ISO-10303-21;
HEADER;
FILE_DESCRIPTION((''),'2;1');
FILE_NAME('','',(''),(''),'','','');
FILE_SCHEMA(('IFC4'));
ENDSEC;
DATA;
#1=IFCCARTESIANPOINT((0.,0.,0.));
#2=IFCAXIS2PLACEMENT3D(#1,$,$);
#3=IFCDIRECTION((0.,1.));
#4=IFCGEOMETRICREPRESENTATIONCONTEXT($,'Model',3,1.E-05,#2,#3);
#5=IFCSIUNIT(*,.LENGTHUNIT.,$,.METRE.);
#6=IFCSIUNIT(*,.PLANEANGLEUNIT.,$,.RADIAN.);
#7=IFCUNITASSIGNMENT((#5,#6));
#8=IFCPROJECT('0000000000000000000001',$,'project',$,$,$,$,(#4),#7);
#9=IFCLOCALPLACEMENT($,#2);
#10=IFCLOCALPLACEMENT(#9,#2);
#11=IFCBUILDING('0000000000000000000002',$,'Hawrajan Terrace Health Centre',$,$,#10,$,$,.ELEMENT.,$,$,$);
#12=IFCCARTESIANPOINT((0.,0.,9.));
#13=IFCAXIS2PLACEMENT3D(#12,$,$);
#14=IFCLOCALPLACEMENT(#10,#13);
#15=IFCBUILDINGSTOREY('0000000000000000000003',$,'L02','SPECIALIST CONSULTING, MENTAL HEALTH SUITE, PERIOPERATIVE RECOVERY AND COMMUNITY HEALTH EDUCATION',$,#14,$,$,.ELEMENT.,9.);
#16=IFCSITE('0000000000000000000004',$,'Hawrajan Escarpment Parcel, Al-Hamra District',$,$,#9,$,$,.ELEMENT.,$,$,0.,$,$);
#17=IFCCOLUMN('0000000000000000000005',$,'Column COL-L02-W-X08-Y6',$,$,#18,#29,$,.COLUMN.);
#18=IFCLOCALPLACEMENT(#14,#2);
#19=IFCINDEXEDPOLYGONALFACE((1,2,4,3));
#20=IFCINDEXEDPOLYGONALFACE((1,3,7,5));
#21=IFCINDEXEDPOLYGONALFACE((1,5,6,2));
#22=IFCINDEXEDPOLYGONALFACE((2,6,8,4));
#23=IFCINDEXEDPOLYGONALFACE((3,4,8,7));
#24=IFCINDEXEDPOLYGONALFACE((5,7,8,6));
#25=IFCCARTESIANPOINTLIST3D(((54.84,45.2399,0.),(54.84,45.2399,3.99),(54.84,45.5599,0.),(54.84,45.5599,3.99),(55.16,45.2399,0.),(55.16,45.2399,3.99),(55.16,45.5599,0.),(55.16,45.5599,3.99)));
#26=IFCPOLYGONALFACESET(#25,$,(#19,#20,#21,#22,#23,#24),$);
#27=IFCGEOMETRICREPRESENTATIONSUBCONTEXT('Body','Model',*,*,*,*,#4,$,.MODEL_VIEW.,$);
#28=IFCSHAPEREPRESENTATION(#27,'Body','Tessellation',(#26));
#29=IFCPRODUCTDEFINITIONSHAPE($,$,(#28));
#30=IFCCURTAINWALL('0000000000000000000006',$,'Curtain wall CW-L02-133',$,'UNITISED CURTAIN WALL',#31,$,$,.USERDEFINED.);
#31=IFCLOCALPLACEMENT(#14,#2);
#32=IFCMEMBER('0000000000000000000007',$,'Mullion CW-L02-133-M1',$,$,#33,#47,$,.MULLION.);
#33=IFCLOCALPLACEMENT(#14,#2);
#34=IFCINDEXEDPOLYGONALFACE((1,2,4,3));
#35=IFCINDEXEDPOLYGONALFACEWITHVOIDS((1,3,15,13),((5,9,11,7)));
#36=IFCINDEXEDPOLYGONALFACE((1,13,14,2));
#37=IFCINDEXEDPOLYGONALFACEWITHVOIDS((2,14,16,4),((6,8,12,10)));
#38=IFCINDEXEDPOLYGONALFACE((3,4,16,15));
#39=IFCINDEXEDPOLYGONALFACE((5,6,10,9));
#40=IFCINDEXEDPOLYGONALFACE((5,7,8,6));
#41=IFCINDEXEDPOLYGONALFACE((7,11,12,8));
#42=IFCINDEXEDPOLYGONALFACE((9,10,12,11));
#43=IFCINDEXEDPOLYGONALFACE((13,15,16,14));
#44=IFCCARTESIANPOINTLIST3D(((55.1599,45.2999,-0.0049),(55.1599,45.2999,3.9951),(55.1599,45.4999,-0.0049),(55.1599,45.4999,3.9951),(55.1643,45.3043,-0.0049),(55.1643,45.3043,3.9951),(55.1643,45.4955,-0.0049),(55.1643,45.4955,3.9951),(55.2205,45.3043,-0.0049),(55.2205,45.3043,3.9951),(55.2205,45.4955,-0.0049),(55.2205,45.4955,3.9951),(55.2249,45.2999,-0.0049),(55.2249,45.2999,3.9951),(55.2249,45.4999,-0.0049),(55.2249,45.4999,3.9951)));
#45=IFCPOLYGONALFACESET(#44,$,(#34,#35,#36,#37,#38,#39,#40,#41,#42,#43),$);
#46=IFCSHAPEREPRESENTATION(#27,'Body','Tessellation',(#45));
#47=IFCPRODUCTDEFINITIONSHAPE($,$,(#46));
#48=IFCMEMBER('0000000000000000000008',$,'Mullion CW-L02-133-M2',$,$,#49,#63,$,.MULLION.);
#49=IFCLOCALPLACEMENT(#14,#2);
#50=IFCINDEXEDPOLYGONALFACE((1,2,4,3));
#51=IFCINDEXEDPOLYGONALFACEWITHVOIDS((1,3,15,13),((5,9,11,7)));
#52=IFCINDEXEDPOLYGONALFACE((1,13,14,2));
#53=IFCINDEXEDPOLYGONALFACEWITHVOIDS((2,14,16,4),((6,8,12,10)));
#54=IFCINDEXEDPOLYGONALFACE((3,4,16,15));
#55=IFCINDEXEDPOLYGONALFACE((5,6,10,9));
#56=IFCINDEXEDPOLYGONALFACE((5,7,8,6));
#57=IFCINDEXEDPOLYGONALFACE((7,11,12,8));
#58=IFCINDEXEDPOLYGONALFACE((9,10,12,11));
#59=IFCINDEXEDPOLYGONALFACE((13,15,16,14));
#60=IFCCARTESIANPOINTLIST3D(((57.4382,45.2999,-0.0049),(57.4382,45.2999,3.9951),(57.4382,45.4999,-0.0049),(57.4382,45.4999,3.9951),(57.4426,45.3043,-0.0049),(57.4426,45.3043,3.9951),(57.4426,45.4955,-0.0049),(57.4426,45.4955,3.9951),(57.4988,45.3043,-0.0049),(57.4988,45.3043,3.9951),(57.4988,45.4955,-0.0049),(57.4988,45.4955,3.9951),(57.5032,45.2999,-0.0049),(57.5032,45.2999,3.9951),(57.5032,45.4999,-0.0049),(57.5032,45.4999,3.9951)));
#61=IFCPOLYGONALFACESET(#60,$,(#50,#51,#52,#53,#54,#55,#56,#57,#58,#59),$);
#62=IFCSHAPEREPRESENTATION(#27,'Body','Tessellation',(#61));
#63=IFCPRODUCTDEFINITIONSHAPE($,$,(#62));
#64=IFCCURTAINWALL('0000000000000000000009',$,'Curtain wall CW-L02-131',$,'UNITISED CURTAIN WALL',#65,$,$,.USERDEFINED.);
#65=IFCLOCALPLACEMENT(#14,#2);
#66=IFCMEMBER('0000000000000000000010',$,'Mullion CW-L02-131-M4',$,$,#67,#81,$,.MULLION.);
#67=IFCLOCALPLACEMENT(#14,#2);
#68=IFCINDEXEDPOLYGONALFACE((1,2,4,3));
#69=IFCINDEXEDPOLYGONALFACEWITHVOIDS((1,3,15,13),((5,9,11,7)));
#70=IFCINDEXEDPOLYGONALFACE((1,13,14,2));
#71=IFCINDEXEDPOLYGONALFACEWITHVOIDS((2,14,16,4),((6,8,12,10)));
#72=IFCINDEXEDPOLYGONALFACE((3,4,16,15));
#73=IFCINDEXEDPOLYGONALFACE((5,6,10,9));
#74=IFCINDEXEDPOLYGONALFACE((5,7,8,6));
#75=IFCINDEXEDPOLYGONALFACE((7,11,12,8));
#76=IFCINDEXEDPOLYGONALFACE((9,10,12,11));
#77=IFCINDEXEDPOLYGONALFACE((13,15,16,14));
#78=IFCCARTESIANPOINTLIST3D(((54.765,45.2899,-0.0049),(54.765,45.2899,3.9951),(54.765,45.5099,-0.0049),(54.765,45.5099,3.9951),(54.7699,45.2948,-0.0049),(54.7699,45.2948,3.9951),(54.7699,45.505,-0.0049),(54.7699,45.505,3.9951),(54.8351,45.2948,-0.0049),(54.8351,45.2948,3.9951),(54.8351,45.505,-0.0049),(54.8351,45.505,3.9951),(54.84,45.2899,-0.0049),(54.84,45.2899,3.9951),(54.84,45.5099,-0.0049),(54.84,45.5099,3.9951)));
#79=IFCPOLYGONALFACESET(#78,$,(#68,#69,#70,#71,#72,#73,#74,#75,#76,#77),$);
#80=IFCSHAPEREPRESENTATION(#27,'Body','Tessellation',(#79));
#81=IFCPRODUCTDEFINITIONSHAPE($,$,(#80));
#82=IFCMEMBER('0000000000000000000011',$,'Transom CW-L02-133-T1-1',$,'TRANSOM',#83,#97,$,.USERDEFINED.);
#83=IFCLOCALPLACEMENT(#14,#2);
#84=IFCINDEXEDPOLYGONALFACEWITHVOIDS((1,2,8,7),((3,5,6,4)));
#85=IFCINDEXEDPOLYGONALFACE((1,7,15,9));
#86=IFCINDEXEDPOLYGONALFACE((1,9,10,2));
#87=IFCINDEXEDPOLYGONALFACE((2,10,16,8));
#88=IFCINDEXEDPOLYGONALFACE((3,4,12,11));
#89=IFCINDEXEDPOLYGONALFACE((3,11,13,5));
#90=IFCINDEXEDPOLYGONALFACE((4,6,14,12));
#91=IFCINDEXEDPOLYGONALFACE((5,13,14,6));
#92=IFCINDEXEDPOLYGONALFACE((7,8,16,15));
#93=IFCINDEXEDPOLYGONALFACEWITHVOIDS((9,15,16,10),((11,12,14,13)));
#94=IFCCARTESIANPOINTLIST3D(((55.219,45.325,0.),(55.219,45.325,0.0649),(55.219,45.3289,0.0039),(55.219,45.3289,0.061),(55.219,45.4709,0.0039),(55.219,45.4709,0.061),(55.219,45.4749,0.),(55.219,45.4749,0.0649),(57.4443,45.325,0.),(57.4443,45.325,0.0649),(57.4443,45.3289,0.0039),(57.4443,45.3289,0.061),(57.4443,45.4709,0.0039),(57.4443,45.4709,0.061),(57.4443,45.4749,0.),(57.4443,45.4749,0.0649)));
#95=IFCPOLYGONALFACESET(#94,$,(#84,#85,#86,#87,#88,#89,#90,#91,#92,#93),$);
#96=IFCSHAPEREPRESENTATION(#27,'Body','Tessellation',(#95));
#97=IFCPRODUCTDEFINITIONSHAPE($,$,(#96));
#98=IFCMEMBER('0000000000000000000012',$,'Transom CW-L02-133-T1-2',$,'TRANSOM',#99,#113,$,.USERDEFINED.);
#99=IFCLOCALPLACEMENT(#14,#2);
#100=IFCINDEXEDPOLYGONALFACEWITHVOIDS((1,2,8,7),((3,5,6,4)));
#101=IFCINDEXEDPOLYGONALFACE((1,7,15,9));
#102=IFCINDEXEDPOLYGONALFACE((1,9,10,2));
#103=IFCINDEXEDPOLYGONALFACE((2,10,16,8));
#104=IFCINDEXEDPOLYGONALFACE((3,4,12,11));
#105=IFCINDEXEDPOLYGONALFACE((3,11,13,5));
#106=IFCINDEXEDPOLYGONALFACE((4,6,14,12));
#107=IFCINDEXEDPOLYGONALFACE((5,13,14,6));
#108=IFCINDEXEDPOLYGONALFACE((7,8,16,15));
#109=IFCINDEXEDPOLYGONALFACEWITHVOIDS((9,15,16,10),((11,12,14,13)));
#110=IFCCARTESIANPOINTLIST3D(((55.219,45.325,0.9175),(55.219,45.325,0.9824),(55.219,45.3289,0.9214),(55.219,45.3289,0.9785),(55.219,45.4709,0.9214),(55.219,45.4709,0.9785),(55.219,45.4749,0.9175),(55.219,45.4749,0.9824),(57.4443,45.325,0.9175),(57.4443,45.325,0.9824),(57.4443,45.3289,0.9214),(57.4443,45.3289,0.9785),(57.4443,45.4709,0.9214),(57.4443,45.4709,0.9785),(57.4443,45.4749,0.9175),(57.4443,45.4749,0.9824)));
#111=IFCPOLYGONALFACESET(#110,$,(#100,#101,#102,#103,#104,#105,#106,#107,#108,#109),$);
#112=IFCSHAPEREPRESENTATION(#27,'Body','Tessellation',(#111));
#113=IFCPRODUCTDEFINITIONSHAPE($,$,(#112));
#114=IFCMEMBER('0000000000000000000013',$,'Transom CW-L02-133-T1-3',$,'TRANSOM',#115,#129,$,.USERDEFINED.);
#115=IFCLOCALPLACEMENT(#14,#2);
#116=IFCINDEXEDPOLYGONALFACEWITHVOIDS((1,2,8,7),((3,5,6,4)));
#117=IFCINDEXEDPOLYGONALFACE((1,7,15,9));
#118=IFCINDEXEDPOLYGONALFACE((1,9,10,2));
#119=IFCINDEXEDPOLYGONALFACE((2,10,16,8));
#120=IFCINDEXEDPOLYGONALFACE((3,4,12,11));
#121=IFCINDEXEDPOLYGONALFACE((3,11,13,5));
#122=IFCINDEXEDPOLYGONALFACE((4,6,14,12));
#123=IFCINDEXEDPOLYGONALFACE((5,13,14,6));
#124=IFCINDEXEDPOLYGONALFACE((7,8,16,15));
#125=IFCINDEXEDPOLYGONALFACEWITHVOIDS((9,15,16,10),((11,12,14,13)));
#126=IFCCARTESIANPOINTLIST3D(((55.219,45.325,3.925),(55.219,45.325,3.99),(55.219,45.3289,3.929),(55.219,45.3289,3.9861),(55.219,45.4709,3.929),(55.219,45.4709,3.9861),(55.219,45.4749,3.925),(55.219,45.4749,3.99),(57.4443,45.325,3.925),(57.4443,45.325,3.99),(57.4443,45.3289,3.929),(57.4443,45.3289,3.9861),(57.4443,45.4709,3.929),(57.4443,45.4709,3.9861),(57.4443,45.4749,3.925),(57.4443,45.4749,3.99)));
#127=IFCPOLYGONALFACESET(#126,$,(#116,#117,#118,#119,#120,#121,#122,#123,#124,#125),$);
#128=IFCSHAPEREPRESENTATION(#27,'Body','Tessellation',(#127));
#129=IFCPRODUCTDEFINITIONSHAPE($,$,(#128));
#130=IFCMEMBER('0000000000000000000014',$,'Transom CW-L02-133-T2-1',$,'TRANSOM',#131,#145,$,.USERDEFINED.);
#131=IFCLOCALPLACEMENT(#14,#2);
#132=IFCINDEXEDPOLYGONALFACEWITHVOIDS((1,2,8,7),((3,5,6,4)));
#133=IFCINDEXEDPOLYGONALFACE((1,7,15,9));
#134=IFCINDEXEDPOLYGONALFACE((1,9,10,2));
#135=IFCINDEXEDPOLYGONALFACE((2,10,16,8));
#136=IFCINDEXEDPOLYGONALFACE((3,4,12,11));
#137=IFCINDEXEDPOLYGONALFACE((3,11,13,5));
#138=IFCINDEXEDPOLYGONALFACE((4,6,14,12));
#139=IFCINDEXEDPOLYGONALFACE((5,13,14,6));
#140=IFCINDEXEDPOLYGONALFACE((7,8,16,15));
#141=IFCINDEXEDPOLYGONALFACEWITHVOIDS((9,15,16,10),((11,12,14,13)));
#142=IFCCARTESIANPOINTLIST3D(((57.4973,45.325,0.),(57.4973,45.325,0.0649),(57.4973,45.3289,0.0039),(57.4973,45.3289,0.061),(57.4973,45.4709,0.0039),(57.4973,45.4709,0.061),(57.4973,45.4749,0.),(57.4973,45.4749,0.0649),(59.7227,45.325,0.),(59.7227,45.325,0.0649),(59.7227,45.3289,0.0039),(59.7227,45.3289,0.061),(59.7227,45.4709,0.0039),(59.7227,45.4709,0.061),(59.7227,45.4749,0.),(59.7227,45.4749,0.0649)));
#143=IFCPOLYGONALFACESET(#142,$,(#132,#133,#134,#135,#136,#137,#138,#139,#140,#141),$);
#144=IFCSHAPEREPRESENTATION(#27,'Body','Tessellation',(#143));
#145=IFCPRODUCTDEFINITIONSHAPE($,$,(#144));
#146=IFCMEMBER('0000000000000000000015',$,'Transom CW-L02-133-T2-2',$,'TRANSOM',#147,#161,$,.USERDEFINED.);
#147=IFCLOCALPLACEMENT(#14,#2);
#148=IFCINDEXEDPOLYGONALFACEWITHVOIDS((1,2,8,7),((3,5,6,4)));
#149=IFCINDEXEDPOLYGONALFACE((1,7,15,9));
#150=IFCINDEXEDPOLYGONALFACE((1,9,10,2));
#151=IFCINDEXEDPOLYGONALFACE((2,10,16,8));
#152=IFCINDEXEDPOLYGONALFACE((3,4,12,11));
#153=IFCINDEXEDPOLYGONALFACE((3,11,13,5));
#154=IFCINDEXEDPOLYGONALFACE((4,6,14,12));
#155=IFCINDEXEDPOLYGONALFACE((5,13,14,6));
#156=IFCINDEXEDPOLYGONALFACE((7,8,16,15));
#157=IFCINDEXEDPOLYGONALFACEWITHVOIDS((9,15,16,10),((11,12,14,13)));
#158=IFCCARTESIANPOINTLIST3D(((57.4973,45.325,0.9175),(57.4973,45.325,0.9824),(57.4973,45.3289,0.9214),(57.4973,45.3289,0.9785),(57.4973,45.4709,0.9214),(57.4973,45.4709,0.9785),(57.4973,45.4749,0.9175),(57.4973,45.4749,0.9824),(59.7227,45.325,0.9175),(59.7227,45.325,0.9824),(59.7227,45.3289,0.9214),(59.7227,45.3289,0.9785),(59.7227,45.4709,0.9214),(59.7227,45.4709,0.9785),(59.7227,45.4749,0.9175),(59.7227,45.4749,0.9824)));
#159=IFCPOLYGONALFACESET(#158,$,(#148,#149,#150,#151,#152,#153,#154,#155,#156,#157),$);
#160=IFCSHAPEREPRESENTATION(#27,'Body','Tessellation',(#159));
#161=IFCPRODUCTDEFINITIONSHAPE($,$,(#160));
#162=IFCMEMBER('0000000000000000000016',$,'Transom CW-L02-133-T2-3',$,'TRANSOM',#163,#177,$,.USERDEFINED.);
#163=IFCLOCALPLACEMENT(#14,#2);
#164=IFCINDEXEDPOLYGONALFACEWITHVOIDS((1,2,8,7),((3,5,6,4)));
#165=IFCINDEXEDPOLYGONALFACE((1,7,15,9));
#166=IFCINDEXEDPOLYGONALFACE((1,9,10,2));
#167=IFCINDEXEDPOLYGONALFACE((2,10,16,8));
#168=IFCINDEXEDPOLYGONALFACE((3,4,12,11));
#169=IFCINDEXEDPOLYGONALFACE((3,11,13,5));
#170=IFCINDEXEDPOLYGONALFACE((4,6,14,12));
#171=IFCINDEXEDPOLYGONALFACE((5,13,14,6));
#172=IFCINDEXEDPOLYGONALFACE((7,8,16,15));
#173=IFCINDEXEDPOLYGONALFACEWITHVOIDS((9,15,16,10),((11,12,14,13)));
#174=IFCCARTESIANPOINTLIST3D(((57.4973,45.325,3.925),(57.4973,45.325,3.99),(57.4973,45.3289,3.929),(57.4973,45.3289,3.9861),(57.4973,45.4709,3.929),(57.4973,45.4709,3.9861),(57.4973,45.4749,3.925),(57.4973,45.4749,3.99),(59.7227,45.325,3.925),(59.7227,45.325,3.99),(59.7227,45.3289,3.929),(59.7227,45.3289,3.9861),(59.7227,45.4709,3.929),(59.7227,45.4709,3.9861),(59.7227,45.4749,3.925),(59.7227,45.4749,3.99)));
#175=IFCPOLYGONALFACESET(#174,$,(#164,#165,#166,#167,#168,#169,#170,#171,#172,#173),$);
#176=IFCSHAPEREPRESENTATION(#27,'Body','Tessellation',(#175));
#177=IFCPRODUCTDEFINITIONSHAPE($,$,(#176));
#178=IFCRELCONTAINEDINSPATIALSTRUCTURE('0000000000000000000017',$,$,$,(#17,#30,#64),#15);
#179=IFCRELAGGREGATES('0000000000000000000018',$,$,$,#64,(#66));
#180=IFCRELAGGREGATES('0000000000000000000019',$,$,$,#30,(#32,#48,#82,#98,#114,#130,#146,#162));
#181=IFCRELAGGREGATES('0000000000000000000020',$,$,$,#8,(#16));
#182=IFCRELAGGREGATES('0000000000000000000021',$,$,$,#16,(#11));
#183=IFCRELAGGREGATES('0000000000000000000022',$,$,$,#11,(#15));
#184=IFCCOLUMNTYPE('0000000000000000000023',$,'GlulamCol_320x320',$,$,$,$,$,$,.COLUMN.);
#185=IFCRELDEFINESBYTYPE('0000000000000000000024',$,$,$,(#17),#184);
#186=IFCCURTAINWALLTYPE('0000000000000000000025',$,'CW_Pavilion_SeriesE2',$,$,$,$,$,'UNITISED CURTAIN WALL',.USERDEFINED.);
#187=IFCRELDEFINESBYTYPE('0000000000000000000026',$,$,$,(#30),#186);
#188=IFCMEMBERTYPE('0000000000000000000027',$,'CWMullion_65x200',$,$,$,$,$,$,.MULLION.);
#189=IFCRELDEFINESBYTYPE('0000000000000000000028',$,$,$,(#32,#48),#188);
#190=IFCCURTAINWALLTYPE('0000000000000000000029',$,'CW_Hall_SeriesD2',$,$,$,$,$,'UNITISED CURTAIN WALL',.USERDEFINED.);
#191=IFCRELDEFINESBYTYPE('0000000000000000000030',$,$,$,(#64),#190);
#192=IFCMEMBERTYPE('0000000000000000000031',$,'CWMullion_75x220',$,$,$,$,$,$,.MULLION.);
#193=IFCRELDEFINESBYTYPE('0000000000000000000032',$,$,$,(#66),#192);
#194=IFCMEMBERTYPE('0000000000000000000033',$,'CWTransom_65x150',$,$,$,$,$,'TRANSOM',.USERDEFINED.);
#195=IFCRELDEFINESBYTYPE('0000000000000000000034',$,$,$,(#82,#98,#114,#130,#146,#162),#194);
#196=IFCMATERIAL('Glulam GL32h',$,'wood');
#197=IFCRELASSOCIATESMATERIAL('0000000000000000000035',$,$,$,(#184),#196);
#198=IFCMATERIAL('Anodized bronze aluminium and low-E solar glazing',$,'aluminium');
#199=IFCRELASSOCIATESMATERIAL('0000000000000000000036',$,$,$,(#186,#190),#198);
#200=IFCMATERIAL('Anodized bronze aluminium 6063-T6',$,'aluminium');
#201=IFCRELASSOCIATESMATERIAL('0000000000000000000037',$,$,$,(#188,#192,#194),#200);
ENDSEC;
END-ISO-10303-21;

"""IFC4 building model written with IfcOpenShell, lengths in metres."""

from ifc_helpers import new_model, si_unit, direction, frame, origin, origin_2d, place, context, subcontext, project, spatial, rectangle, hollow_rectangle, extrude, material, material_profile, profile_set, type_object, element, aggregate, save


model = new_model("IFC4")

# Units and contexts
model_context = context("Model", 3, precision=1e-05, world=origin(), true_north=direction((0.0, 1.0)))
body_context = subcontext(model_context, "Body", "Model", "MODEL_VIEW")
ifc_project = project(units=[si_unit("LENGTHUNIT", "METRE"), si_unit("PLANEANGLEUNIT", "RADIAN")], contexts=[model_context])

# Site, building, storey
site_placement = place(None, origin())
site = spatial("IfcSite", under=ifc_project, at=site_placement, Name="Hawrajan Escarpment Parcel, Al-Hamra District", CompositionType="ELEMENT", RefElevation=0.0)
building_placement = place(site_placement, origin())
building = spatial("IfcBuilding", under=site, at=building_placement, Name="Hawrajan Terrace Health Centre", CompositionType="ELEMENT")
storey_placement = place(building_placement, frame((0.0, 0.0, 9.0)))
storey = spatial("IfcBuildingStorey", under=building, at=storey_placement, Name="L02", Description="SPECIALIST CONSULTING, MENTAL HEALTH SUITE, PERIOPERATIVE RECOVERY AND COMMUNITY HEALTH EDUCATION", CompositionType="ELEMENT", Elevation=9.0)

# Column
ifc_material_1 = material(Name="Glulam GL32h", Category="wood")
ifc_material_profile_1 = material_profile(ifc_material_1, rectangle(XDim=0.3201, YDim=0.3201, at=origin_2d()), Name="GL 320x320")
ifc_profile_set_1 = profile_set([ifc_material_profile_1], Name="Glulam GL32h")
column_type = type_object("IfcColumnType", Name="GlulamCol_320x320", PredefinedType="COLUMN", material=ifc_profile_set_1)
column_placement = place(storey_placement, frame((55.0, 45.3999, 0.0), z_axis=(0.0, 0.0, 1.0), x_axis=(1.0, 0.0, 0.0)))
element("IfcColumn", 1, at=column_placement, inside=storey, type_object=column_type, Name="Column COL-L02-W-X08-Y6", PredefinedType="COLUMN", context=body_context, shape_type="SweptSolid", body=[
    extrude(rectangle(XDim=0.3201, YDim=0.3201, at=origin_2d()), origin(), (0.0, 0.0, 1.0), 3.99),
])

# Curtain wall, members
ifc_material_2 = material(Name="Anodized bronze aluminium and low-E solar glazing", Category="aluminium")
curtain_wall_type_1 = type_object("IfcCurtainWallType", Name="CW_Pavilion_SeriesE2", ElementType="UNITISED CURTAIN WALL", PredefinedType="USERDEFINED", material=ifc_material_2)
curtain_wall_1_placement = place(storey_placement, origin())
curtain_wall_1 = element("IfcCurtainWall", 2, at=curtain_wall_1_placement, inside=storey, type_object=curtain_wall_type_1, Name="Curtain wall CW-L02-133", ObjectType="UNITISED CURTAIN WALL", PredefinedType="USERDEFINED")
ifc_material_3 = material(Name="Anodized bronze aluminium 6063-T6", Category="aluminium")
ifc_material_profile_2 = material_profile(ifc_material_3, hollow_rectangle(XDim=0.0649, YDim=0.2, WallThickness=0.0044, at=origin_2d()), Name="CW MUL 65x200")
ifc_profile_set_2 = profile_set([ifc_material_profile_2], Name="Anodized bronze aluminium 6063-T6")
member_type_1 = type_object("IfcMemberType", Name="CWMullion_65x200", PredefinedType="MULLION", material=ifc_profile_set_2)
member_1_placement = place(storey_placement, frame((55.1924, 45.3999, -0.0049), z_axis=(0.0, 0.0, 1.0), x_axis=(1.0, 0.0, 0.0)))
member_1 = element("IfcMember", 3, at=member_1_placement, type_object=member_type_1, Name="Mullion CW-L02-133-M1", PredefinedType="MULLION", context=body_context, shape_type="SweptSolid", body=[
    extrude(hollow_rectangle(XDim=0.0649, YDim=0.2, WallThickness=0.0044, at=origin_2d()), origin(), (0.0, 0.0, 1.0), 4.0),
])
member_2_placement = place(storey_placement, frame((57.4707, 45.3999, -0.0049), z_axis=(0.0, 0.0, 1.0), x_axis=(1.0, 0.0, 0.0)))
member_2 = element("IfcMember", 4, at=member_2_placement, type_object=member_type_1, Name="Mullion CW-L02-133-M2", PredefinedType="MULLION", context=body_context, shape_type="SweptSolid", body=[
    extrude(hollow_rectangle(XDim=0.0649, YDim=0.2, WallThickness=0.0044, at=origin_2d()), origin(), (0.0, 0.0, 1.0), 4.0),
])

# Curtain wall, member
curtain_wall_type_2 = type_object("IfcCurtainWallType", Name="CW_Hall_SeriesD2", ElementType="UNITISED CURTAIN WALL", PredefinedType="USERDEFINED", material=ifc_material_2)
curtain_wall_2_placement = place(storey_placement, origin())
curtain_wall_2 = element("IfcCurtainWall", 5, at=curtain_wall_2_placement, inside=storey, type_object=curtain_wall_type_2, Name="Curtain wall CW-L02-131", ObjectType="UNITISED CURTAIN WALL", PredefinedType="USERDEFINED")
ifc_material_profile_3 = material_profile(ifc_material_3, hollow_rectangle(XDim=0.075, YDim=0.22, WallThickness=0.0049, at=origin_2d()), Name="CW MUL 75x220")
ifc_profile_set_3 = profile_set([ifc_material_profile_3], Name="Anodized bronze aluminium 6063-T6")
member_type_2 = type_object("IfcMemberType", Name="CWMullion_75x220", PredefinedType="MULLION", material=ifc_profile_set_3)
member_3_placement = place(storey_placement, frame((54.8025, 45.3999, -0.0049), z_axis=(0.0, 0.0, 1.0), x_axis=(1.0, 0.0, 0.0)))
member_3 = element("IfcMember", 6, at=member_3_placement, type_object=member_type_2, Name="Mullion CW-L02-131-M4", PredefinedType="MULLION", context=body_context, shape_type="SweptSolid", body=[
    extrude(hollow_rectangle(XDim=0.075, YDim=0.22, WallThickness=0.0049, at=origin_2d()), origin(), (0.0, 0.0, 1.0), 4.0),
])

# Members
ifc_material_profile_4 = material_profile(ifc_material_3, hollow_rectangle(XDim=0.0649, YDim=0.1499, WallThickness=0.0039, at=origin_2d()), Name="CW TRN 65x150")
ifc_profile_set_4 = profile_set([ifc_material_profile_4], Name="Anodized bronze aluminium 6063-T6")
member_type_3 = type_object("IfcMemberType", Name="CWTransom_65x150", ElementType="TRANSOM", PredefinedType="USERDEFINED", material=ifc_profile_set_4)
member_4_placement = place(storey_placement, frame((55.219, 45.3999, 0.0325), z_axis=(1.0, 0.0, 0.0), x_axis=(0.0, 0.0, 1.0)))
member_4 = element("IfcMember", 7, at=member_4_placement, type_object=member_type_3, Name="Transom CW-L02-133-T1-1", ObjectType="TRANSOM", PredefinedType="USERDEFINED", context=body_context, shape_type="SweptSolid", body=[
    extrude(hollow_rectangle(XDim=0.0649, YDim=0.1499, WallThickness=0.0039, at=origin_2d()), origin(), (0.0, 0.0, 1.0), 2.2253),
])
member_5_placement = place(storey_placement, frame((55.219, 45.3999, 0.95), z_axis=(1.0, 0.0, 0.0), x_axis=(0.0, 0.0, 1.0)))
member_5 = element("IfcMember", 8, at=member_5_placement, type_object=member_type_3, Name="Transom CW-L02-133-T1-2", ObjectType="TRANSOM", PredefinedType="USERDEFINED", context=body_context, shape_type="SweptSolid", body=[
    extrude(hollow_rectangle(XDim=0.0649, YDim=0.1499, WallThickness=0.0039, at=origin_2d()), origin(), (0.0, 0.0, 1.0), 2.2253),
])
member_6_placement = place(storey_placement, frame((55.219, 45.3999, 3.9575), z_axis=(1.0, 0.0, 0.0), x_axis=(0.0, 0.0, 1.0)))
member_6 = element("IfcMember", 9, at=member_6_placement, type_object=member_type_3, Name="Transom CW-L02-133-T1-3", ObjectType="TRANSOM", PredefinedType="USERDEFINED", context=body_context, shape_type="SweptSolid", body=[
    extrude(hollow_rectangle(XDim=0.0649, YDim=0.1499, WallThickness=0.0039, at=origin_2d()), origin(), (0.0, 0.0, 1.0), 2.2253),
])
member_7_placement = place(storey_placement, frame((57.4973, 45.3999, 0.0325), z_axis=(1.0, 0.0, 0.0), x_axis=(0.0, 0.0, 1.0)))
member_7 = element("IfcMember", 10, at=member_7_placement, type_object=member_type_3, Name="Transom CW-L02-133-T2-1", ObjectType="TRANSOM", PredefinedType="USERDEFINED", context=body_context, shape_type="SweptSolid", body=[
    extrude(hollow_rectangle(XDim=0.0649, YDim=0.1499, WallThickness=0.0039, at=origin_2d()), origin(), (0.0, 0.0, 1.0), 2.2253),
])
member_8_placement = place(storey_placement, frame((57.4973, 45.3999, 0.95), z_axis=(1.0, 0.0, 0.0), x_axis=(0.0, 0.0, 1.0)))
member_8 = element("IfcMember", 11, at=member_8_placement, type_object=member_type_3, Name="Transom CW-L02-133-T2-2", ObjectType="TRANSOM", PredefinedType="USERDEFINED", context=body_context, shape_type="SweptSolid", body=[
    extrude(hollow_rectangle(XDim=0.0649, YDim=0.1499, WallThickness=0.0039, at=origin_2d()), origin(), (0.0, 0.0, 1.0), 2.2253),
])
member_9_placement = place(storey_placement, frame((57.4973, 45.3999, 3.9575), z_axis=(1.0, 0.0, 0.0), x_axis=(0.0, 0.0, 1.0)))
member_9 = element("IfcMember", 12, at=member_9_placement, type_object=member_type_3, Name="Transom CW-L02-133-T2-3", ObjectType="TRANSOM", PredefinedType="USERDEFINED", context=body_context, shape_type="SweptSolid", body=[
    extrude(hollow_rectangle(XDim=0.0649, YDim=0.1499, WallThickness=0.0039, at=origin_2d()), origin(), (0.0, 0.0, 1.0), 2.2253),
])

aggregate(curtain_wall_2, [member_3])
aggregate(curtain_wall_1, [member_1, member_2, member_4, member_5, member_6, member_7, member_8, member_9])

save(model, "model.ifc")
